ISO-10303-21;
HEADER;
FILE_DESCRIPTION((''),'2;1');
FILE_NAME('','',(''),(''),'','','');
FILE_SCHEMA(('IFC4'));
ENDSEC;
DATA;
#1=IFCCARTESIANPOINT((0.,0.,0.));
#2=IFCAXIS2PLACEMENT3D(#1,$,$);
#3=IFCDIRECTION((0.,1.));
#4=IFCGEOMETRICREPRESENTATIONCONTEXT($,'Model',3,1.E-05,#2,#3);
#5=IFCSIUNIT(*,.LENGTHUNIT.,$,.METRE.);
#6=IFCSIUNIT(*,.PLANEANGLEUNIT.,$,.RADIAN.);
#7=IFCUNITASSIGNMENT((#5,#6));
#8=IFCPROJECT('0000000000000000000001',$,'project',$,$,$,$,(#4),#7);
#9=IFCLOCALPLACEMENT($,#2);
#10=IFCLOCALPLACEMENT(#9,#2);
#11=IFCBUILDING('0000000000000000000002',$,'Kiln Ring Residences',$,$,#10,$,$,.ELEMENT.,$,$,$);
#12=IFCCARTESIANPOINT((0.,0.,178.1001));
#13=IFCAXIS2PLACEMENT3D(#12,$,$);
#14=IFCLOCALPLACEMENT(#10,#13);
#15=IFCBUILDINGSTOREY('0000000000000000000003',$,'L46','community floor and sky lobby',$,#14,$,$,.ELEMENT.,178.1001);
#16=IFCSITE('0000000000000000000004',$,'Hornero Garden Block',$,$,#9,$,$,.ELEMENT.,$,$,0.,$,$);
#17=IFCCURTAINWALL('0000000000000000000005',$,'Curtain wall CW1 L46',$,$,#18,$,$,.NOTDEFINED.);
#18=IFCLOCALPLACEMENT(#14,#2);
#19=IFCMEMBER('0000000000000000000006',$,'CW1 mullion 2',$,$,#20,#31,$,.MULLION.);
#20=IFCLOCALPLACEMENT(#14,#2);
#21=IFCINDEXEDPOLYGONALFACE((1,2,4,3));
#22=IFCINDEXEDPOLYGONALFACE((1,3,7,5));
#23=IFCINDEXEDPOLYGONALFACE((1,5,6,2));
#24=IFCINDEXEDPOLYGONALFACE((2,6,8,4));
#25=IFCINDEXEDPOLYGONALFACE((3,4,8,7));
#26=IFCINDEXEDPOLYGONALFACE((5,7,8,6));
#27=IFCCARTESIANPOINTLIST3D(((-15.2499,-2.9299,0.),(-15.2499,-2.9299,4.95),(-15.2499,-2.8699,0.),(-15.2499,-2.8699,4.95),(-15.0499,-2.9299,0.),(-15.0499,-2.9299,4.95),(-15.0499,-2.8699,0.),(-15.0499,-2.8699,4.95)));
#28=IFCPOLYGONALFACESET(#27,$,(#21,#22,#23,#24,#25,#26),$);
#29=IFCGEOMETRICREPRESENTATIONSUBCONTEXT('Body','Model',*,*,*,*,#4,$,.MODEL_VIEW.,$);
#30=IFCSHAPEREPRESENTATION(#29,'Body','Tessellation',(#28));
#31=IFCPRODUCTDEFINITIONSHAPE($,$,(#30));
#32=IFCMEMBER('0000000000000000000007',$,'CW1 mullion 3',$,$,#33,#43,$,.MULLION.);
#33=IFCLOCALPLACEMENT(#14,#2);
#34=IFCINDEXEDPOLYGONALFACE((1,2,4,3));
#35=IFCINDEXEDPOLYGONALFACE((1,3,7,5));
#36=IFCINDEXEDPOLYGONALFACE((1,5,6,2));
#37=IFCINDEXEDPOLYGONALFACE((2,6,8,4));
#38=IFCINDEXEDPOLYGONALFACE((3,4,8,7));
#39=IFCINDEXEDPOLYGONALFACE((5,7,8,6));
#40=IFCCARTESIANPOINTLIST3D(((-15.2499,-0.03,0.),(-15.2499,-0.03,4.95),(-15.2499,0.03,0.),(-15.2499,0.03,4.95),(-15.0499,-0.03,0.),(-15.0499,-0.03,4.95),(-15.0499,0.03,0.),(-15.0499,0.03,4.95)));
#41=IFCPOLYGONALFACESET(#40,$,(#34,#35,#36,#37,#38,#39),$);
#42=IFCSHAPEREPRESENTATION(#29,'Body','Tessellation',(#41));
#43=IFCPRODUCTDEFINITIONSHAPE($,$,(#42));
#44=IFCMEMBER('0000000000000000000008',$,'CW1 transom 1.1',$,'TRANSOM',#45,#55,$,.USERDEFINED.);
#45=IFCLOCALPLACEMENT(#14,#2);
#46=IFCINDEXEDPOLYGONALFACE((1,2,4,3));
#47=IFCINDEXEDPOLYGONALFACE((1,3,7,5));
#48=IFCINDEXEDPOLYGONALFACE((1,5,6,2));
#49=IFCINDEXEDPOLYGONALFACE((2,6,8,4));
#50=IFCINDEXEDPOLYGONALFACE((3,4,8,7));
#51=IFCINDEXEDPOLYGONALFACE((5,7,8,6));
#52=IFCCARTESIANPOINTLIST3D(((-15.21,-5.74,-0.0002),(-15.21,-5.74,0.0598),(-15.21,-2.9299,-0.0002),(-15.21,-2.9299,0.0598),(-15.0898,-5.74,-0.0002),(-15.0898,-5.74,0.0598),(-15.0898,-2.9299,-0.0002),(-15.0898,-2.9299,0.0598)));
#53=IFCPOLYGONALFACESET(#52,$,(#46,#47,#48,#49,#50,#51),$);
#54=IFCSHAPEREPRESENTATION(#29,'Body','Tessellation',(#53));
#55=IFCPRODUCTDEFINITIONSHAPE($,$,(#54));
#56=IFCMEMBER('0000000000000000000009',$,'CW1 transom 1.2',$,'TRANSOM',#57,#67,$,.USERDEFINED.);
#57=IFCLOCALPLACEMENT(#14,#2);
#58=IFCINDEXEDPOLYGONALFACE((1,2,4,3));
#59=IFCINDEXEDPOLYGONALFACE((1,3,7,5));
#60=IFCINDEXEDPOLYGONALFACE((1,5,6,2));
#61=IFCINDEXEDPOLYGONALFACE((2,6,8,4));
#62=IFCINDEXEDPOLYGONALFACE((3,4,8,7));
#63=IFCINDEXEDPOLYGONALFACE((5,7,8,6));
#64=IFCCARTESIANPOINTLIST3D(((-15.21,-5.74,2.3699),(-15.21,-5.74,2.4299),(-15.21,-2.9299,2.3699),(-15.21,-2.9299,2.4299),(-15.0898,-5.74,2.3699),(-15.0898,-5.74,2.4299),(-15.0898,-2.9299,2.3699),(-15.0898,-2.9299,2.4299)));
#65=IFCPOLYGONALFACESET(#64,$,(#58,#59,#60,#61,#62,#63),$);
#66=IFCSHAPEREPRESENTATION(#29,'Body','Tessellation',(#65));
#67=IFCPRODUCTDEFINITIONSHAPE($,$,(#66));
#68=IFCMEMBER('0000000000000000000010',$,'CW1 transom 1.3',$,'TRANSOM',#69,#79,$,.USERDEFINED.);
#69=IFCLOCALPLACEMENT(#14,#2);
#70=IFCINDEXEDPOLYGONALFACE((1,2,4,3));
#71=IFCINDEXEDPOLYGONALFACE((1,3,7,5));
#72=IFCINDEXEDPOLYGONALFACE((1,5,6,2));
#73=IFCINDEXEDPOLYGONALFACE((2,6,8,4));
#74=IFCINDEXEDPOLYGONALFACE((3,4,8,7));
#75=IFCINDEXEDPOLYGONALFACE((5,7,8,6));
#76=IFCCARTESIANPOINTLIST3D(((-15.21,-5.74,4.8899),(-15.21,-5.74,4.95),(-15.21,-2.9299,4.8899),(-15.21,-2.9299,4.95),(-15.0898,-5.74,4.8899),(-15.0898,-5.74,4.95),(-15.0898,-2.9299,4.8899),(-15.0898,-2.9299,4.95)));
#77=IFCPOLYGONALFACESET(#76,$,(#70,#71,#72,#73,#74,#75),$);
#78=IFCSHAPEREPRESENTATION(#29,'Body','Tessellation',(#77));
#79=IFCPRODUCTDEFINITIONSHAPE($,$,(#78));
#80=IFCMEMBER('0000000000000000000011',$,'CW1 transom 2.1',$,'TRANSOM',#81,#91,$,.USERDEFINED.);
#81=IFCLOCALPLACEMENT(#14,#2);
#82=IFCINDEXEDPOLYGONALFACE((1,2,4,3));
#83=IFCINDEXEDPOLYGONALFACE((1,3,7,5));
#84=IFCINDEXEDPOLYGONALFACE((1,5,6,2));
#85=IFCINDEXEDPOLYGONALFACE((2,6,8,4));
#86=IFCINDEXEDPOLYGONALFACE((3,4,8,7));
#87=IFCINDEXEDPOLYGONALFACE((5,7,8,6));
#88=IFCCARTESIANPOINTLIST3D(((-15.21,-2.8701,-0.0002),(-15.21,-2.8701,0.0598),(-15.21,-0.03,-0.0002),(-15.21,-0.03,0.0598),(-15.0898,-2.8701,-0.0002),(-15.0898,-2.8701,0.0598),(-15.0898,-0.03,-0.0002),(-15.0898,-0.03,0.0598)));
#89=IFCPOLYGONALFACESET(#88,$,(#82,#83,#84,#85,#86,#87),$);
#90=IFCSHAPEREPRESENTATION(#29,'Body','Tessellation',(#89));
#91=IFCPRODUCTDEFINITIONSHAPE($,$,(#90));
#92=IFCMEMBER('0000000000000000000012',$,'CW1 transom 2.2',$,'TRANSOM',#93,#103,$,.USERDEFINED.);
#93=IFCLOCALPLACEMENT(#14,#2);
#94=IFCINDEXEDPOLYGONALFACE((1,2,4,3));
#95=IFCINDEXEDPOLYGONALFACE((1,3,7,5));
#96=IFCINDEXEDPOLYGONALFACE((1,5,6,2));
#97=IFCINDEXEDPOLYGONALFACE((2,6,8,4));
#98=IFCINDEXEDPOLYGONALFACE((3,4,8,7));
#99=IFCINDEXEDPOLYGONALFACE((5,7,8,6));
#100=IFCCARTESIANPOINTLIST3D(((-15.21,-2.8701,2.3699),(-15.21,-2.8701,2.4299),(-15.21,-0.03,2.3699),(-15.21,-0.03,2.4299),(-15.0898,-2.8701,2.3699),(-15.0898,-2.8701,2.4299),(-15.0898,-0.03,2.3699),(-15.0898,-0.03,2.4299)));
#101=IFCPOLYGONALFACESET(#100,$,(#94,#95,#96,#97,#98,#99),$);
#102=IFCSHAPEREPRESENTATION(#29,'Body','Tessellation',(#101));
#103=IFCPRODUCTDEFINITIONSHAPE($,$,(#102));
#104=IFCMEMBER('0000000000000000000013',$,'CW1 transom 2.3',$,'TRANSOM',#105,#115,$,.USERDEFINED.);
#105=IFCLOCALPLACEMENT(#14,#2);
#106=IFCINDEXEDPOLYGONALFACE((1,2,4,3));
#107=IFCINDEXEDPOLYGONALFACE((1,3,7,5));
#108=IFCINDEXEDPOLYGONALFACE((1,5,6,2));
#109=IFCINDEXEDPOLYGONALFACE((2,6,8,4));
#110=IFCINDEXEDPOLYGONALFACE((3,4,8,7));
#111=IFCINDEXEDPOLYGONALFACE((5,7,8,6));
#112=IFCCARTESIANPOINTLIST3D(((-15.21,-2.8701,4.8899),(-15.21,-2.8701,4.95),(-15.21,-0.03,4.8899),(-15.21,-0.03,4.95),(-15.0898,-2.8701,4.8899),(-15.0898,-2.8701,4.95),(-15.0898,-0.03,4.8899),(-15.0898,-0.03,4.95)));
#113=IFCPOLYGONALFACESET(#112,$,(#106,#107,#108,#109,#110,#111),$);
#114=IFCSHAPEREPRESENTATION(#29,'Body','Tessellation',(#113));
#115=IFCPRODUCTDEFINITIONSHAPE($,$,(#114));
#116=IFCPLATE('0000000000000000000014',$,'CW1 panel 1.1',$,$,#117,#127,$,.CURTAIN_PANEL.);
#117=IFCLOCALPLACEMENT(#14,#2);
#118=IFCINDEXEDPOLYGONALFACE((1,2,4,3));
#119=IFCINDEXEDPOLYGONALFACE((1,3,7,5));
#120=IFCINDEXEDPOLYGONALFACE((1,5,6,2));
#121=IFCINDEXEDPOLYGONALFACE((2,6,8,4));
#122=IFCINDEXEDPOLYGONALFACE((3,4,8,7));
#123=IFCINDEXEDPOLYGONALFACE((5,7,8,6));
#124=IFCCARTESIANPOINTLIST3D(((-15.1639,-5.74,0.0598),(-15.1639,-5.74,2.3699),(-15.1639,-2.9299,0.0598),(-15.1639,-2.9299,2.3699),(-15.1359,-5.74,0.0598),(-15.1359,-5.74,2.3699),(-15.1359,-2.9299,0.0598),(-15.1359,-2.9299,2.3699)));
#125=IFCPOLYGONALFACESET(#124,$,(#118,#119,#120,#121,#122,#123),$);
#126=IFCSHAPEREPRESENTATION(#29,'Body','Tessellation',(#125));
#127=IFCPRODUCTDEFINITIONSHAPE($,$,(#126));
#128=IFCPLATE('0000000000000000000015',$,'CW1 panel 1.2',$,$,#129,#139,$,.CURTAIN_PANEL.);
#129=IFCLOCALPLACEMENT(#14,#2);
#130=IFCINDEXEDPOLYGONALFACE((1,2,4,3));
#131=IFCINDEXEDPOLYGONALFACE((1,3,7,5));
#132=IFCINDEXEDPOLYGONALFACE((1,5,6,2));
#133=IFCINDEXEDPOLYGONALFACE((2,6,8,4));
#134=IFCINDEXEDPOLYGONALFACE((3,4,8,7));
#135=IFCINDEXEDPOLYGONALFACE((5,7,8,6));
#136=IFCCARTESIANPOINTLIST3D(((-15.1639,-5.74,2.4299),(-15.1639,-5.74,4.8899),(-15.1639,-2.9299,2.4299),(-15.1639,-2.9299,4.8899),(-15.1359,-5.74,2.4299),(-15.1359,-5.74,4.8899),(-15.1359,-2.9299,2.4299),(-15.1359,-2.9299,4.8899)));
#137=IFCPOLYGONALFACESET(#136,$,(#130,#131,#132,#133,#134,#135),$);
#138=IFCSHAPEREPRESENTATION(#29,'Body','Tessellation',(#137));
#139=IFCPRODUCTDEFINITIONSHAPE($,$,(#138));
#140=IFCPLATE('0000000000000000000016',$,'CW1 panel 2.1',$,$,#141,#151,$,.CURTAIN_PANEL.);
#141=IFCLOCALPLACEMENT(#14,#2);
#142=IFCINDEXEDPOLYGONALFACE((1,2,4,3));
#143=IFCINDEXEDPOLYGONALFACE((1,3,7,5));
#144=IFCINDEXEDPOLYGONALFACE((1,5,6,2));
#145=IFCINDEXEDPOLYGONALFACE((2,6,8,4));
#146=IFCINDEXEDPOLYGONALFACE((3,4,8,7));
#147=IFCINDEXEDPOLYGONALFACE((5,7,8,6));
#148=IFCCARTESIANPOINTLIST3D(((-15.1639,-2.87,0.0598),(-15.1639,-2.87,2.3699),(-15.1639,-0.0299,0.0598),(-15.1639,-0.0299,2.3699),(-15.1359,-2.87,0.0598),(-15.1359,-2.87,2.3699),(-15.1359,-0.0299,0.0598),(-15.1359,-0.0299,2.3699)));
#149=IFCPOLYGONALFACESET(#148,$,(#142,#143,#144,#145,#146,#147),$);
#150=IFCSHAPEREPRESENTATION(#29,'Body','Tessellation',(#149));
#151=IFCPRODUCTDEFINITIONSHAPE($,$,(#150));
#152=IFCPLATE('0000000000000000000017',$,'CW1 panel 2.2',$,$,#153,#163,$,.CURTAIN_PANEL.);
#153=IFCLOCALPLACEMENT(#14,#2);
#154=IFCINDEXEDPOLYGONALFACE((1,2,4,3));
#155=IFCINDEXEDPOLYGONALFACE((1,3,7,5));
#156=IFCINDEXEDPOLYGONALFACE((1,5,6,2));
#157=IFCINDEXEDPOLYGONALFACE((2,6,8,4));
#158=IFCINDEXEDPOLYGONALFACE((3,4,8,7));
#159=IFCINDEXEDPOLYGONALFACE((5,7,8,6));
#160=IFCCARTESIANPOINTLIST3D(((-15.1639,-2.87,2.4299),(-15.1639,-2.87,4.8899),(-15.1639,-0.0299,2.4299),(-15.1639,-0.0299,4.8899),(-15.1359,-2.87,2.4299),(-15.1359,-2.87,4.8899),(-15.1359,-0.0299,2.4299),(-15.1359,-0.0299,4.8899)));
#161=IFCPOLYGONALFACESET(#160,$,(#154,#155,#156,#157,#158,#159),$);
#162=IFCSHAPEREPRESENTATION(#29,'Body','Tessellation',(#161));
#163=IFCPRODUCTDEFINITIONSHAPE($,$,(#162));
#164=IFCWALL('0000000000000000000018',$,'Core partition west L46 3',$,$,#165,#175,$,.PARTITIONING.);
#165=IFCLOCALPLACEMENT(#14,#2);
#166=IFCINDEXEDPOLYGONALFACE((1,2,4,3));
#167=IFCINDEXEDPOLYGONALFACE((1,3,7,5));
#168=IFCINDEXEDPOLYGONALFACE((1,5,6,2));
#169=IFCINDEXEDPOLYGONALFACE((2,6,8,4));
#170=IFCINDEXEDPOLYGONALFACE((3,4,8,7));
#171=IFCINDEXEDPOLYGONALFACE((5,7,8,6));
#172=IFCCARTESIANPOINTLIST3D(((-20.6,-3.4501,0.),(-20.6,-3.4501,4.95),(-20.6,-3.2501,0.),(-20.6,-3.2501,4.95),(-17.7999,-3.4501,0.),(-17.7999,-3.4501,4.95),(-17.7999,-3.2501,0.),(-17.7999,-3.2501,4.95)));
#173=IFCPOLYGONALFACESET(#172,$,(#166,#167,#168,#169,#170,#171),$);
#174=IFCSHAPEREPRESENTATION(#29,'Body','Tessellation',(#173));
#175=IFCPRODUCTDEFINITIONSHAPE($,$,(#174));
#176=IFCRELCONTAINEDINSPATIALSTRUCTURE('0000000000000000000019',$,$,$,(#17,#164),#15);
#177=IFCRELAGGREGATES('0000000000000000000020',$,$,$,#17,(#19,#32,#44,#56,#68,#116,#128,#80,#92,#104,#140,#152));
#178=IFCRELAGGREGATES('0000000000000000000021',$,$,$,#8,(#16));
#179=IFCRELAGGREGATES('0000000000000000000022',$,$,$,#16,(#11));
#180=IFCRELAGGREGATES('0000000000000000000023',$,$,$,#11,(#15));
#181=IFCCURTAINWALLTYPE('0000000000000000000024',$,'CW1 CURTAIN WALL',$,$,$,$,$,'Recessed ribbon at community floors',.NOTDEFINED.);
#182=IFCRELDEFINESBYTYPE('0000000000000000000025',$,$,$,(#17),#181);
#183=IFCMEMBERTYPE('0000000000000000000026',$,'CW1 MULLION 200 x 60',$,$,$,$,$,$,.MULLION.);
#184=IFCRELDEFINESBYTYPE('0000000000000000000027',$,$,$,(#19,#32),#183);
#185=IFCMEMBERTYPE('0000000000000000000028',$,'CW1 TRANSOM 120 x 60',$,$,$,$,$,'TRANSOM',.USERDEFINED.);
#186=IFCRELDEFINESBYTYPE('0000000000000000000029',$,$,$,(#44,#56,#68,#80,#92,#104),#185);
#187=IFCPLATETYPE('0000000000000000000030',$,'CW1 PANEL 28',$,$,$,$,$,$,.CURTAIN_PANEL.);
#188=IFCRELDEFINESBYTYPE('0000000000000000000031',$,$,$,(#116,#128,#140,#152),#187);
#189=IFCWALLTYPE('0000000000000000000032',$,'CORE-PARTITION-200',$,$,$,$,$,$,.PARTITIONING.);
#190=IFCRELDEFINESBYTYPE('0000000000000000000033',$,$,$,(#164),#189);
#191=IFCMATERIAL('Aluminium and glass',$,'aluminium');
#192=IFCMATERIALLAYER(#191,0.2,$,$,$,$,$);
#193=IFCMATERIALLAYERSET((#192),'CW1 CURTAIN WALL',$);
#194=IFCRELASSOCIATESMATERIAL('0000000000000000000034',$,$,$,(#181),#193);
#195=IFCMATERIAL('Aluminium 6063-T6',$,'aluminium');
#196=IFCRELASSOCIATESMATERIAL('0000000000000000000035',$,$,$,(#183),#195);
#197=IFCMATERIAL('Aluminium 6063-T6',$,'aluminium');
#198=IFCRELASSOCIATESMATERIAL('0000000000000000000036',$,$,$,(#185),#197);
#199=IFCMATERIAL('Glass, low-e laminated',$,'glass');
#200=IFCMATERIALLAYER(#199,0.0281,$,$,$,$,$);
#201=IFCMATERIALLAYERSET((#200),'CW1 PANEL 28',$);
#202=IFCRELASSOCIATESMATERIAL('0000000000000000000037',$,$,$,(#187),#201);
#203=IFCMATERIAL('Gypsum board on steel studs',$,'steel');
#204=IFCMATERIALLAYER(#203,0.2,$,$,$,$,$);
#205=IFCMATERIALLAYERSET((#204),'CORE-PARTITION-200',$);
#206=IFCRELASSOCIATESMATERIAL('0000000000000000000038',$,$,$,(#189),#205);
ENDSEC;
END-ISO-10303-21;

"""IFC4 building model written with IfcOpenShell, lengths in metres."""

from ifc_helpers import new_model, si_unit, direction, frame, frame_2d, origin, origin_2d, place, context, subcontext, project, spatial, rectangle, extrude, material, layer, layer_set, material_profile, profile_set, type_object, element, aggregate, save


model = new_model("IFC4")

# Units and contexts
model_context = context("Model", 3, precision=1e-05, world=origin(), true_north=direction((0.0, 1.0)))
body_context = subcontext(model_context, "Body", "Model", "MODEL_VIEW")
ifc_project = project(units=[si_unit("LENGTHUNIT", "METRE"), si_unit("PLANEANGLEUNIT", "RADIAN")], contexts=[model_context])

# Site, building, storey
site_placement = place(None, origin())
site = spatial("IfcSite", under=ifc_project, at=site_placement, Name="Hornero Garden Block", CompositionType="ELEMENT", RefElevation=0.0)
building_placement = place(site_placement, origin())
building = spatial("IfcBuilding", under=site, at=building_placement, Name="Kiln Ring Residences", CompositionType="ELEMENT")
storey_placement = place(building_placement, frame((0.0, 0.0, 178.1001)))
storey = spatial("IfcBuildingStorey", under=building, at=storey_placement, Name="L46", Description="community floor and sky lobby", CompositionType="ELEMENT", Elevation=178.1001)

# Curtain wall, members, plates
ifc_material_1 = material(Name="Aluminium and glass", Category="aluminium")
ifc_layer_1 = layer(ifc_material_1, 0.2)
ifc_layer_set_1 = layer_set([ifc_layer_1], Name="CW1 CURTAIN WALL")
curtain_wall_type = type_object("IfcCurtainWallType", Name="CW1 CURTAIN WALL", ElementType="Recessed ribbon at community floors", PredefinedType="NOTDEFINED", material=ifc_layer_set_1)
curtain_wall_placement = place(storey_placement, origin())
curtain_wall = element("IfcCurtainWall", 1, at=curtain_wall_placement, inside=storey, type_object=curtain_wall_type, Name="Curtain wall CW1 L46", PredefinedType="NOTDEFINED")
ifc_material_2 = material(Name="Aluminium 6063-T6", Category="aluminium")
ifc_material_profile_1 = material_profile(ifc_material_2, rectangle(XDim=0.2, YDim=0.0601, at=origin_2d()), Name="AL 200x60")
ifc_profile_set_1 = profile_set([ifc_material_profile_1], Name="Aluminium 6063-T6")
member_type_1 = type_object("IfcMemberType", Name="CW1 MULLION 200 x 60", PredefinedType="MULLION", material=ifc_profile_set_1)
member_1_placement = place(storey_placement, frame((-15.1499, -2.8999, 0.0), z_axis=(0.0, 0.0, 1.0), x_axis=(-1.0, 0.0, 0.0)))
member_1 = element("IfcMember", 2, at=member_1_placement, type_object=member_type_1, Name="CW1 mullion 2", PredefinedType="MULLION", context=body_context, shape_type="SweptSolid", body=[
    extrude(rectangle(XDim=0.2, YDim=0.0601, at=origin_2d()), origin(), (0.0, 0.0, 1.0), 4.95),
])
member_2_placement = place(storey_placement, frame((-15.1499, 0.0, 0.0), z_axis=(0.0, 0.0, 1.0), x_axis=(-1.0, 0.0, 0.0)))
member_2 = element("IfcMember", 3, at=member_2_placement, type_object=member_type_1, Name="CW1 mullion 3", PredefinedType="MULLION", context=body_context, shape_type="SweptSolid", body=[
    extrude(rectangle(XDim=0.2, YDim=0.0601, at=origin_2d()), origin(), (0.0, 0.0, 1.0), 4.95),
])
ifc_material_3 = material(Name="Aluminium 6063-T6", Category="aluminium")
ifc_material_profile_2 = material_profile(ifc_material_3, rectangle(XDim=0.1201, YDim=0.0601, at=origin_2d()), Name="AL 120x60")
ifc_profile_set_2 = profile_set([ifc_material_profile_2], Name="Aluminium 6063-T6")
member_type_2 = type_object("IfcMemberType", Name="CW1 TRANSOM 120 x 60", ElementType="TRANSOM", PredefinedType="USERDEFINED", material=ifc_profile_set_2)
member_3_placement = place(storey_placement, frame((-15.1499, -5.74, 0.0298), z_axis=(0.0, 1.0, 0.0), x_axis=(-1.0, 0.0, 0.0)))
member_3 = element("IfcMember", 4, at=member_3_placement, type_object=member_type_2, Name="CW1 transom 1.1", ObjectType="TRANSOM", PredefinedType="USERDEFINED", context=body_context, shape_type="SweptSolid", body=[
    extrude(rectangle(XDim=0.1201, YDim=0.0601, at=origin_2d()), origin(), (0.0, 0.0, 1.0), 2.8101),
])
member_4_placement = place(storey_placement, frame((-15.1499, -5.74, 2.3999), z_axis=(0.0, 1.0, 0.0), x_axis=(-1.0, 0.0, 0.0)))
member_4 = element("IfcMember", 5, at=member_4_placement, type_object=member_type_2, Name="CW1 transom 1.2", ObjectType="TRANSOM", PredefinedType="USERDEFINED", context=body_context, shape_type="SweptSolid", body=[
    extrude(rectangle(XDim=0.1201, YDim=0.0601, at=origin_2d()), origin(), (0.0, 0.0, 1.0), 2.8101),
])
member_5_placement = place(storey_placement, frame((-15.1499, -5.74, 4.9199), z_axis=(0.0, 1.0, 0.0), x_axis=(-1.0, 0.0, 0.0)))
member_5 = element("IfcMember", 6, at=member_5_placement, type_object=member_type_2, Name="CW1 transom 1.3", ObjectType="TRANSOM", PredefinedType="USERDEFINED", context=body_context, shape_type="SweptSolid", body=[
    extrude(rectangle(XDim=0.1201, YDim=0.0601, at=origin_2d()), origin(), (0.0, 0.0, 1.0), 2.8101),
])
member_6_placement = place(storey_placement, frame((-15.1499, -2.8701, 0.0298), z_axis=(0.0, 1.0, 0.0), x_axis=(-1.0, 0.0, 0.0)))
member_6 = element("IfcMember", 7, at=member_6_placement, type_object=member_type_2, Name="CW1 transom 2.1", ObjectType="TRANSOM", PredefinedType="USERDEFINED", context=body_context, shape_type="SweptSolid", body=[
    extrude(rectangle(XDim=0.1201, YDim=0.0601, at=origin_2d()), origin(), (0.0, 0.0, 1.0), 2.8401),
])
member_7_placement = place(storey_placement, frame((-15.1499, -2.8701, 2.3999), z_axis=(0.0, 1.0, 0.0), x_axis=(-1.0, 0.0, 0.0)))
member_7 = element("IfcMember", 8, at=member_7_placement, type_object=member_type_2, Name="CW1 transom 2.2", ObjectType="TRANSOM", PredefinedType="USERDEFINED", context=body_context, shape_type="SweptSolid", body=[
    extrude(rectangle(XDim=0.1201, YDim=0.0601, at=origin_2d()), origin(), (0.0, 0.0, 1.0), 2.8401),
])
member_8_placement = place(storey_placement, frame((-15.1499, -2.8701, 4.9199), z_axis=(0.0, 1.0, 0.0), x_axis=(-1.0, 0.0, 0.0)))
member_8 = element("IfcMember", 9, at=member_8_placement, type_object=member_type_2, Name="CW1 transom 2.3", ObjectType="TRANSOM", PredefinedType="USERDEFINED", context=body_context, shape_type="SweptSolid", body=[
    extrude(rectangle(XDim=0.1201, YDim=0.0601, at=origin_2d()), origin(), (0.0, 0.0, 1.0), 2.8401),
])
ifc_material_4 = material(Name="Glass, low-e laminated", Category="glass")
ifc_layer_2 = layer(ifc_material_4, 0.0281)
ifc_layer_set_2 = layer_set([ifc_layer_2], Name="CW1 PANEL 28")
plate_type = type_object("IfcPlateType", Name="CW1 PANEL 28", PredefinedType="CURTAIN_PANEL", material=ifc_layer_set_2)
plate_1_placement = place(storey_placement, frame((-15.1499, -4.335, 0.0598), z_axis=(0.0, 0.0, 1.0), x_axis=(0.0, 1.0, 0.0)))
plate_1 = element("IfcPlate", 10, at=plate_1_placement, type_object=plate_type, Name="CW1 panel 1.1", PredefinedType="CURTAIN_PANEL", context=body_context, shape_type="SweptSolid", body=[
    extrude(rectangle(XDim=2.8101, YDim=0.0281, at=origin_2d()), origin(), (0.0, 0.0, 1.0), 2.3101),
])
plate_2_placement = place(storey_placement, frame((-15.1499, -4.335, 2.4299), z_axis=(0.0, 0.0, 1.0), x_axis=(0.0, 1.0, 0.0)))
plate_2 = element("IfcPlate", 11, at=plate_2_placement, type_object=plate_type, Name="CW1 panel 1.2", PredefinedType="CURTAIN_PANEL", context=body_context, shape_type="SweptSolid", body=[
    extrude(rectangle(XDim=2.8101, YDim=0.0281, at=origin_2d()), origin(), (0.0, 0.0, 1.0), 2.46),
])
plate_3_placement = place(storey_placement, frame((-15.1499, -1.45, 0.0598), z_axis=(0.0, 0.0, 1.0), x_axis=(0.0, 1.0, 0.0)))
plate_3 = element("IfcPlate", 12, at=plate_3_placement, type_object=plate_type, Name="CW1 panel 2.1", PredefinedType="CURTAIN_PANEL", context=body_context, shape_type="SweptSolid", body=[
    extrude(rectangle(XDim=2.8401, YDim=0.0281, at=origin_2d()), origin(), (0.0, 0.0, 1.0), 2.3101),
])
plate_4_placement = place(storey_placement, frame((-15.1499, -1.45, 2.4299), z_axis=(0.0, 0.0, 1.0), x_axis=(0.0, 1.0, 0.0)))
plate_4 = element("IfcPlate", 13, at=plate_4_placement, type_object=plate_type, Name="CW1 panel 2.2", PredefinedType="CURTAIN_PANEL", context=body_context, shape_type="SweptSolid", body=[
    extrude(rectangle(XDim=2.8401, YDim=0.0281, at=origin_2d()), origin(), (0.0, 0.0, 1.0), 2.46),
])
aggregate(curtain_wall, [member_1, member_2, member_3, member_4, member_5, plate_1, plate_2, member_6, member_7, member_8, plate_3, plate_4])

# Wall
ifc_material_5 = material(Name="Gypsum board on steel studs", Category="steel")
ifc_layer_3 = layer(ifc_material_5, 0.2)
ifc_layer_set_3 = layer_set([ifc_layer_3], Name="CORE-PARTITION-200")
wall_type = type_object("IfcWallType", Name="CORE-PARTITION-200", PredefinedType="PARTITIONING", material=ifc_layer_set_3)
wall_placement = place(storey_placement, frame((-17.8, -3.3501, 0.0), z_axis=(0.0, 0.0, 1.0), x_axis=(-1.0, 0.0, 0.0)))
element("IfcWall", 14, at=wall_placement, inside=storey, type_object=wall_type, Name="Core partition west L46 3", PredefinedType="PARTITIONING", context=body_context, shape_type="SweptSolid", body=[
    extrude(rectangle(XDim=2.8, YDim=0.2, at=frame_2d((1.3999, 0.0))), origin(), (0.0, 0.0, 1.0), 4.95),
])

save(model, "model.ifc")
